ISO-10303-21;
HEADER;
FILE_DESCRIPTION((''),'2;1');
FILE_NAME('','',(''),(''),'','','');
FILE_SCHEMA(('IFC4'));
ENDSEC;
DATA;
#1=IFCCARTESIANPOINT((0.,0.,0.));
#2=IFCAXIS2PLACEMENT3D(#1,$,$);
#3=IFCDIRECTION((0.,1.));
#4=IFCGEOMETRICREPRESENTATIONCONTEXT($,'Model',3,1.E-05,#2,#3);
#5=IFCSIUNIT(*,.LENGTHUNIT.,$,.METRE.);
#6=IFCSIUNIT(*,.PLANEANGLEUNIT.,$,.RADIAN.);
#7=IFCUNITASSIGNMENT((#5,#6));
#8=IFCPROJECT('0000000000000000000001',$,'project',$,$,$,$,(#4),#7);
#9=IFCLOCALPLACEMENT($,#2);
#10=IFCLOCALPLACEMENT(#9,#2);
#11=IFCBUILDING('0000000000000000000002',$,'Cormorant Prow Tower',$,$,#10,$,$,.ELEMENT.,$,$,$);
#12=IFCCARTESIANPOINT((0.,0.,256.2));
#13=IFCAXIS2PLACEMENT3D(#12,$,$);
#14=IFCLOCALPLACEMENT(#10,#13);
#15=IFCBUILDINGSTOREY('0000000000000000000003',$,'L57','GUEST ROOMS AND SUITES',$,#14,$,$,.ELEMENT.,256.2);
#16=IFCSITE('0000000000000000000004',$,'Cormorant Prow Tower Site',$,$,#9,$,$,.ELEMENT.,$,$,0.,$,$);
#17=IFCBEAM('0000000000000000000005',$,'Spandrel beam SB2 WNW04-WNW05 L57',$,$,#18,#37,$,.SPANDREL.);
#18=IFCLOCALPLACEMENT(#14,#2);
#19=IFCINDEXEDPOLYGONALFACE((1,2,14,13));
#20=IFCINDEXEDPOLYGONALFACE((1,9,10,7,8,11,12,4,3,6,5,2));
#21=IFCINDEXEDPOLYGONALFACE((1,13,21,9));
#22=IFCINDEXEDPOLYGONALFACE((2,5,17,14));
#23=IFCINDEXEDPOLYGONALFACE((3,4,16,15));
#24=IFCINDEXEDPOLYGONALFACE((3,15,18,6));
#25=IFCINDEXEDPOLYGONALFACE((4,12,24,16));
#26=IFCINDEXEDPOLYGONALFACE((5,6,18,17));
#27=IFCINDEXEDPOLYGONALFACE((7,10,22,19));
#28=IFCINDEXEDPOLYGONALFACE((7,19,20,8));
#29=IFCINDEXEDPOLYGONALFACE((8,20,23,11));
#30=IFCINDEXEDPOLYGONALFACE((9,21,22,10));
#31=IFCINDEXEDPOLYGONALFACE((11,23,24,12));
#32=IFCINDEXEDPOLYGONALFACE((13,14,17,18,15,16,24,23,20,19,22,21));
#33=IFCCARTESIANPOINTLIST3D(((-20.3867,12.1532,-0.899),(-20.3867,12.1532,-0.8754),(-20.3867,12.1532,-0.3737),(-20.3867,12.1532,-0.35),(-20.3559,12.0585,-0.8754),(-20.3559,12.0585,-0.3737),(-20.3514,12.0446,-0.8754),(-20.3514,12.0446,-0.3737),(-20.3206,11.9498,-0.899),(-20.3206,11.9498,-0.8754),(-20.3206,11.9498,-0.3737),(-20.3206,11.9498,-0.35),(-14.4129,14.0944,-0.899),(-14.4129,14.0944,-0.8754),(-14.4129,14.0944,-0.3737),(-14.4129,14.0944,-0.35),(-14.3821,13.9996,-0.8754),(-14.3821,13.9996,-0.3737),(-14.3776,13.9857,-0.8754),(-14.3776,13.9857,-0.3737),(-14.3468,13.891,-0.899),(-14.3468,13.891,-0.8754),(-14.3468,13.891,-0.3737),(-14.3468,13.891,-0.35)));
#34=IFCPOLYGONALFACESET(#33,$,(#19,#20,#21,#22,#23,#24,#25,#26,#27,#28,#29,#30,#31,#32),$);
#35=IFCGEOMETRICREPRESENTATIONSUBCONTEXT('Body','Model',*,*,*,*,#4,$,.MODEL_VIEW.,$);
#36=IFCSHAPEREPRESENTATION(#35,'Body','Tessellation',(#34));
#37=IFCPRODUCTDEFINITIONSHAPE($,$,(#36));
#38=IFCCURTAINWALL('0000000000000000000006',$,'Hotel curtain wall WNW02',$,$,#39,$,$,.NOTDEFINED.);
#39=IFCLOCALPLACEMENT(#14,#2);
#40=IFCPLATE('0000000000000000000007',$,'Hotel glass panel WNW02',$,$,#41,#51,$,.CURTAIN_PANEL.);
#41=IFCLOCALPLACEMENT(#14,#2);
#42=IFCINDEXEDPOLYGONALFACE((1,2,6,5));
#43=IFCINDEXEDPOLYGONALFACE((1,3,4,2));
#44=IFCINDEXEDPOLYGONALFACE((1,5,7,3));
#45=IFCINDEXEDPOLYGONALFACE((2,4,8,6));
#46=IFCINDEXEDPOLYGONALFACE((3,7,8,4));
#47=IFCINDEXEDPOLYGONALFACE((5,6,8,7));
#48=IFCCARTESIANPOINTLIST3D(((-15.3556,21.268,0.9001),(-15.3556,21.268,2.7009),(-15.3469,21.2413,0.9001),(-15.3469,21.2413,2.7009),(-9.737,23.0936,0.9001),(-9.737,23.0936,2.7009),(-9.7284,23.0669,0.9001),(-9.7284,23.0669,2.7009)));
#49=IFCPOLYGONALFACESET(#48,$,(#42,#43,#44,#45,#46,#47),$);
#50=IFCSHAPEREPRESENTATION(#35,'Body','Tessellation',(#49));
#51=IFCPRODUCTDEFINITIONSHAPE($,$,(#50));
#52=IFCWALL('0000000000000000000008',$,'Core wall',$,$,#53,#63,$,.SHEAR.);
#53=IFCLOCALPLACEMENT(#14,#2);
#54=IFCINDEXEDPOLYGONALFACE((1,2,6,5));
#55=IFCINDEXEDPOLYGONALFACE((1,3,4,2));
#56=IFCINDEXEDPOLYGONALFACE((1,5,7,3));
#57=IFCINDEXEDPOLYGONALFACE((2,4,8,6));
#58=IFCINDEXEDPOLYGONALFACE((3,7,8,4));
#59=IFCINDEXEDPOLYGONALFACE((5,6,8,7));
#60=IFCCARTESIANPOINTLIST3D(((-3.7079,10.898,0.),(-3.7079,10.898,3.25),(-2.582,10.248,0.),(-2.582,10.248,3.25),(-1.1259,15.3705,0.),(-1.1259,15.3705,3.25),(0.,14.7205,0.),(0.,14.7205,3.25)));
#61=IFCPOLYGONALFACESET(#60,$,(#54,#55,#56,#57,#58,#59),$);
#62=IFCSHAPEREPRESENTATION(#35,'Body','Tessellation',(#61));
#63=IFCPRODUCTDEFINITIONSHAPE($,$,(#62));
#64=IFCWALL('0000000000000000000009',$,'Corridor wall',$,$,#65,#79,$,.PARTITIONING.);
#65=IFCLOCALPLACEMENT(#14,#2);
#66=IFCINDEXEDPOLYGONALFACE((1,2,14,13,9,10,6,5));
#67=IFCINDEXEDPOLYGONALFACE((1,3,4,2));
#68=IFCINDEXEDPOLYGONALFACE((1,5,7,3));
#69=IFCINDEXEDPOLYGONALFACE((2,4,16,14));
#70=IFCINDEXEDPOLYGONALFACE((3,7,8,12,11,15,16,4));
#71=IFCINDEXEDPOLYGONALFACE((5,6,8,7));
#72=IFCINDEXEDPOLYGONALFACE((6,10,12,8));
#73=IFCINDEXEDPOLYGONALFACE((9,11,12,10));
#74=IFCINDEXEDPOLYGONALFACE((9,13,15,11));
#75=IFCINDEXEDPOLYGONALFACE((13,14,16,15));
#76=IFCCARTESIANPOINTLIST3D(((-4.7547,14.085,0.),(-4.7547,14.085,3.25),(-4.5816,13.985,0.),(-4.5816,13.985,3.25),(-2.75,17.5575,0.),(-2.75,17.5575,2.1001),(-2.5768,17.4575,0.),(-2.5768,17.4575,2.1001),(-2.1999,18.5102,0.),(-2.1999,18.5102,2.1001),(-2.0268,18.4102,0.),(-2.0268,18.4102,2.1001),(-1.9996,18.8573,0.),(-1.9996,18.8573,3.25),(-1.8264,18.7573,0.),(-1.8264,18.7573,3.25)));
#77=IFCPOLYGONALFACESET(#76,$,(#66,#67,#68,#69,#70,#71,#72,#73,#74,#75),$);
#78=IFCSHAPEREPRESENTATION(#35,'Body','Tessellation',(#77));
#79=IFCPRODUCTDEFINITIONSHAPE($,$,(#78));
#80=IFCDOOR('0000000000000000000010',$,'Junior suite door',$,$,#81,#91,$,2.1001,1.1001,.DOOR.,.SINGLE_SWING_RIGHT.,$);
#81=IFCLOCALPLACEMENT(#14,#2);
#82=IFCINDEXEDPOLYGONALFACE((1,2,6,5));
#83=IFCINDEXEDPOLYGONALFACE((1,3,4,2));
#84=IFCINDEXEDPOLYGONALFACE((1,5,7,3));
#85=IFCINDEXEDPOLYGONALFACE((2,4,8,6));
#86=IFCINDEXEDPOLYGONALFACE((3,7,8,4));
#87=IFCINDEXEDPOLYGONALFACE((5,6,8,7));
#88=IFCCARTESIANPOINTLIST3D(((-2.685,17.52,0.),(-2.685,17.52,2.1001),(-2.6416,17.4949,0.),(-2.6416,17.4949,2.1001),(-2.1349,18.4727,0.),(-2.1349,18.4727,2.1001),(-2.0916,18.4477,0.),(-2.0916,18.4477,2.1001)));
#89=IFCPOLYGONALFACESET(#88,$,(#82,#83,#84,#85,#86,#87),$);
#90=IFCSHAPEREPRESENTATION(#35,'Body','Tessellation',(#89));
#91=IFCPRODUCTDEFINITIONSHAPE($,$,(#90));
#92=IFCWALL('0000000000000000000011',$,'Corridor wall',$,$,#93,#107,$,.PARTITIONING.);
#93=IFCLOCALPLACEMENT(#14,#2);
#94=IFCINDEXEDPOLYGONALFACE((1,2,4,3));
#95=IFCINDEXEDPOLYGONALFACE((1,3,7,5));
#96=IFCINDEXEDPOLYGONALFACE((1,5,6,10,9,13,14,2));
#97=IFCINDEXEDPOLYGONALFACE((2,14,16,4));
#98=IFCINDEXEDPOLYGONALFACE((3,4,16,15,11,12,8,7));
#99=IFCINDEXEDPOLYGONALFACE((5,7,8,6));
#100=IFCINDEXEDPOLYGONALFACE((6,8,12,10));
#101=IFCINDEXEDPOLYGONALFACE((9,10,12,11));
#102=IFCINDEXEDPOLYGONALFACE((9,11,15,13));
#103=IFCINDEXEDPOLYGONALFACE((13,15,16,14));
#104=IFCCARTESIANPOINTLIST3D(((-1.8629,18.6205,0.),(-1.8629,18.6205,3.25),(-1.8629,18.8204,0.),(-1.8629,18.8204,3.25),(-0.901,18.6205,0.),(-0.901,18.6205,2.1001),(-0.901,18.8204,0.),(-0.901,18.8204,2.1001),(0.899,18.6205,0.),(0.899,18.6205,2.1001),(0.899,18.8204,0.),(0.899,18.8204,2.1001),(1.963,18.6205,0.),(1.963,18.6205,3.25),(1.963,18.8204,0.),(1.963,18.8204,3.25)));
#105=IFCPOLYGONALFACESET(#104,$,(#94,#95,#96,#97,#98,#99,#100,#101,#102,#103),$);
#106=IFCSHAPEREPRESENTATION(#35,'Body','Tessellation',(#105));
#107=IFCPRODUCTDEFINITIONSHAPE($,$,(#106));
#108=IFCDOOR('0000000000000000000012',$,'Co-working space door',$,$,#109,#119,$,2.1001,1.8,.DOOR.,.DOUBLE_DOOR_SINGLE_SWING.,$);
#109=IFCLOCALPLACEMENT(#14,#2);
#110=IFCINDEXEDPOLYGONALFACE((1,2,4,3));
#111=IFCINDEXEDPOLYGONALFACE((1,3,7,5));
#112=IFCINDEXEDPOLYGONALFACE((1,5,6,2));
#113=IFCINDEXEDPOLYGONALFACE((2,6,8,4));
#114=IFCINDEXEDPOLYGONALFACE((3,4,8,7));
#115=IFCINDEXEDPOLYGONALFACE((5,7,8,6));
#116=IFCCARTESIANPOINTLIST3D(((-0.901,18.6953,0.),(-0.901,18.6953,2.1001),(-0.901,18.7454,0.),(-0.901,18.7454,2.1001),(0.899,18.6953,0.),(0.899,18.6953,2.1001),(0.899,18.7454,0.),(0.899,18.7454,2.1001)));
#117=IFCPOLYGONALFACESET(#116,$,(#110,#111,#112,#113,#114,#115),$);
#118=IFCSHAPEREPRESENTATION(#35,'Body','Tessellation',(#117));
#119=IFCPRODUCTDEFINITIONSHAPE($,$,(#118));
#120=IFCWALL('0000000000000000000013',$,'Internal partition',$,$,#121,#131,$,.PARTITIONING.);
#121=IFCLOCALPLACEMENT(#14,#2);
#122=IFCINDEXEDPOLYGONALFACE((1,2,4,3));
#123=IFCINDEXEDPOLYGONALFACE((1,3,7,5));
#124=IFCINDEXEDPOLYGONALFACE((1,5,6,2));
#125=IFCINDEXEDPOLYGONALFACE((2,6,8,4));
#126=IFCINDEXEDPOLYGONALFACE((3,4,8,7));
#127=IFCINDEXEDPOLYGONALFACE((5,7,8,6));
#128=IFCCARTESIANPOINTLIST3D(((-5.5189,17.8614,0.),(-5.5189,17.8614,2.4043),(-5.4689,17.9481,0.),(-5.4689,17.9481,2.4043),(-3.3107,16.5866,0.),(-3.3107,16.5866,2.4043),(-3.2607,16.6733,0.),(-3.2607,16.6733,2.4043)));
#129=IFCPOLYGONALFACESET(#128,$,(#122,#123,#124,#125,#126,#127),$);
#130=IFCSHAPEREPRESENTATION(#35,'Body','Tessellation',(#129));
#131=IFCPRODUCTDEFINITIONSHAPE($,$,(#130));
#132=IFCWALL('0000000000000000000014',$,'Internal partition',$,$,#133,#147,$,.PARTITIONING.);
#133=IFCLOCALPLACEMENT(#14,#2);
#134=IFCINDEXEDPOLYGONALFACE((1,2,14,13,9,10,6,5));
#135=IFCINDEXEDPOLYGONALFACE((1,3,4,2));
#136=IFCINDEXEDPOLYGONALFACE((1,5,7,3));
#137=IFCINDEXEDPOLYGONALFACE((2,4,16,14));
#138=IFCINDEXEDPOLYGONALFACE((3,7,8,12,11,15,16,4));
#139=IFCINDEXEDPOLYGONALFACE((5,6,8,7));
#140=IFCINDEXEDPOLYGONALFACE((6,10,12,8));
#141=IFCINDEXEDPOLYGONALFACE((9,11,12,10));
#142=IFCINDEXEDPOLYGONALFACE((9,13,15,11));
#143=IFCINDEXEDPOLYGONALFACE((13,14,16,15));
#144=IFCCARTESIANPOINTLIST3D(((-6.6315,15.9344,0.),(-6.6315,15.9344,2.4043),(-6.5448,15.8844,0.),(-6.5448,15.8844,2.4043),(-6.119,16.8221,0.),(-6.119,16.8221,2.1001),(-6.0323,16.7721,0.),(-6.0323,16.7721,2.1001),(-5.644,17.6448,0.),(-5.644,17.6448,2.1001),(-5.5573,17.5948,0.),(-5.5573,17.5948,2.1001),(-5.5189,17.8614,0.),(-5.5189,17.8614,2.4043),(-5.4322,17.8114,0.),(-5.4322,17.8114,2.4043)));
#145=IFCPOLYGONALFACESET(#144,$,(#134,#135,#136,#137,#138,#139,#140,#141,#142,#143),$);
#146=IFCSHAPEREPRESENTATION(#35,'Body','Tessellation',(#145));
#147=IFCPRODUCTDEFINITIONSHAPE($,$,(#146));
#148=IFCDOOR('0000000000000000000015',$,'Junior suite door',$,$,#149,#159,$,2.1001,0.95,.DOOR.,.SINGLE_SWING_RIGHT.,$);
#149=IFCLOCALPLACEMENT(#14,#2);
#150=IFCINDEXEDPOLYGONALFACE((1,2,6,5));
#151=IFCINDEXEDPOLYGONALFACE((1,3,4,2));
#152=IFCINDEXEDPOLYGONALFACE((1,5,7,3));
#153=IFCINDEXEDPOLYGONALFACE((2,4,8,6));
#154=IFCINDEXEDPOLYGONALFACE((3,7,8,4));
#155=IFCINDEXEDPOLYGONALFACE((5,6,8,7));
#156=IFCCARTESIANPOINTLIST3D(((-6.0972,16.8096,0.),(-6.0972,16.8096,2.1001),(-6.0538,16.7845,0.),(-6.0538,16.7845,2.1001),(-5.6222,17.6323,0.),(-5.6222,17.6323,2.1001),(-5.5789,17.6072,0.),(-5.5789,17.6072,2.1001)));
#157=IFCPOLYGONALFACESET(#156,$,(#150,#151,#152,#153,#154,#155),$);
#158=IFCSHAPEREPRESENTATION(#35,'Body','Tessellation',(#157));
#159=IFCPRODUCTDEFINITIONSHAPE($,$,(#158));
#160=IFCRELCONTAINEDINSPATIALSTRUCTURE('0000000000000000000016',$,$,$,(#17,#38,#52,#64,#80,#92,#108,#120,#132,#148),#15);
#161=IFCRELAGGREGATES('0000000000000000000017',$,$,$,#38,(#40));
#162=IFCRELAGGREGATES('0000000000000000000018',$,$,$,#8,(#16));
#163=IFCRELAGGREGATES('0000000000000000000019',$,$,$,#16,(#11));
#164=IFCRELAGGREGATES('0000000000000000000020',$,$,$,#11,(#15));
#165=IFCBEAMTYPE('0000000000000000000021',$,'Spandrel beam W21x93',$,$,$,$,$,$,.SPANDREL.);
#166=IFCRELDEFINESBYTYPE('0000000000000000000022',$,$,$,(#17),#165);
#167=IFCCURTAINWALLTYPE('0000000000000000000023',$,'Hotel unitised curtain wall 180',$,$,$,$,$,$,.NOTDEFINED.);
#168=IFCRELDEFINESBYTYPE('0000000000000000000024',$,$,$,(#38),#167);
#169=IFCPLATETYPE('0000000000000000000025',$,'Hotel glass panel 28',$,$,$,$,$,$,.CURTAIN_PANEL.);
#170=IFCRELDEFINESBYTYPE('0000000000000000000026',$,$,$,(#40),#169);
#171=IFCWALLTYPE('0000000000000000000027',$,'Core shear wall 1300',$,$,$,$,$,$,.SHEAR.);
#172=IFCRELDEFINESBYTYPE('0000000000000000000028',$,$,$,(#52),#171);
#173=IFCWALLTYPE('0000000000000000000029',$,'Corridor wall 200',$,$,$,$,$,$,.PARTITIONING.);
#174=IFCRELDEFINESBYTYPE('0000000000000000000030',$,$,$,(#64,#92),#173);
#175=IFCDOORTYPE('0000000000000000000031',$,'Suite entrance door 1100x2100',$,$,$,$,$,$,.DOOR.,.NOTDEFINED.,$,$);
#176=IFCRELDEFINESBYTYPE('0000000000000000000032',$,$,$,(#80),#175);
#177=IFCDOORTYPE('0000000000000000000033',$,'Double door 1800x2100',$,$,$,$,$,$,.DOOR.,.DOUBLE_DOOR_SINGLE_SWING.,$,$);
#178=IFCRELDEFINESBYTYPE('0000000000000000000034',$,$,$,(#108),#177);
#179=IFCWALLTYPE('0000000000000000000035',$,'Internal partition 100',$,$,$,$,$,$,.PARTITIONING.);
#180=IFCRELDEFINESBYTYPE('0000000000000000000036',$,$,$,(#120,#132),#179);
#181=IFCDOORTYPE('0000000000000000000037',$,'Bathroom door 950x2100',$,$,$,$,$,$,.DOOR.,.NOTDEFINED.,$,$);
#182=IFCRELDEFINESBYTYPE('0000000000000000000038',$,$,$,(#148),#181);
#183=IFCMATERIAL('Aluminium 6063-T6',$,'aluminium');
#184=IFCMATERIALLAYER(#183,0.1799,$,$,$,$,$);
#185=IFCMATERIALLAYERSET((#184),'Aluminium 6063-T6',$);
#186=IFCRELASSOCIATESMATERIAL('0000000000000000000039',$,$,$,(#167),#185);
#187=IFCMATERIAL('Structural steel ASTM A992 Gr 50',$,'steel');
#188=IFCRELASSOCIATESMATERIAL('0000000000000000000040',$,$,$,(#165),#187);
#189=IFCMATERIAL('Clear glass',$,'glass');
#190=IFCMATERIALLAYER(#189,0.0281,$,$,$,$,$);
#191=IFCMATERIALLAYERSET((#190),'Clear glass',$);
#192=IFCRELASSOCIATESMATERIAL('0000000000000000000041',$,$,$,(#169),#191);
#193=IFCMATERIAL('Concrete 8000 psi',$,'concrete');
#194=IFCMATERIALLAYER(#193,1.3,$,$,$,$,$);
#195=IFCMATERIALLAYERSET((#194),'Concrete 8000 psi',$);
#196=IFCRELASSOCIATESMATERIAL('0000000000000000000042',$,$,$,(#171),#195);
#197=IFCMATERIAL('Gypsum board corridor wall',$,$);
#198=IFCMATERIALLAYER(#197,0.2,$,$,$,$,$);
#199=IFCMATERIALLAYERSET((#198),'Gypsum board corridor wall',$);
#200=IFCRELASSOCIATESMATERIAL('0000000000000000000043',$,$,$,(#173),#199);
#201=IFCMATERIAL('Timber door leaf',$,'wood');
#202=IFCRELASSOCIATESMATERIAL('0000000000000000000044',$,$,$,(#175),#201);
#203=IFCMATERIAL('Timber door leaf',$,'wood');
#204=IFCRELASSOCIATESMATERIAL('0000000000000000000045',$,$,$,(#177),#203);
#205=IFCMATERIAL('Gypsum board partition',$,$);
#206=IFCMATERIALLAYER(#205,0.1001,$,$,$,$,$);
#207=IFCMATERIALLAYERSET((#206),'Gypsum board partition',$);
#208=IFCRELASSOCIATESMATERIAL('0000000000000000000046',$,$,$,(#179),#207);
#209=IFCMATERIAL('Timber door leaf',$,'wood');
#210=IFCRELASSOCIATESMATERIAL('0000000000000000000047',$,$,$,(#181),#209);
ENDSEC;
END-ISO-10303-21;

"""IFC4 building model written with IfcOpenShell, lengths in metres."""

from ifc_helpers import new_model, si_unit, direction, frame, frame_2d, origin, origin_2d, place, context, subcontext, project, spatial, rectangle, i_section, extrude, material, layer, layer_set, material_profile, profile_set, type_object, element, fill, aggregate, save


model = new_model("IFC4")

# Units and contexts
model_context = context("Model", 3, precision=1e-05, world=origin(), true_north=direction((0.0, 1.0)))
body_context = subcontext(model_context, "Body", "Model", "MODEL_VIEW")
ifc_project = project(units=[si_unit("LENGTHUNIT", "METRE"), si_unit("PLANEANGLEUNIT", "RADIAN")], contexts=[model_context])

# Site, building, storey
site_placement = place(None, origin())
site = spatial("IfcSite", under=ifc_project, at=site_placement, Name="Cormorant Prow Tower Site", CompositionType="ELEMENT", RefElevation=0.0)
building_placement = place(site_placement, origin())
building = spatial("IfcBuilding", under=site, at=building_placement, Name="Cormorant Prow Tower", CompositionType="ELEMENT")
storey_placement = place(building_placement, frame((0.0, 0.0, 256.2)))
storey = spatial("IfcBuildingStorey", under=building, at=storey_placement, Name="L57", Description="GUEST ROOMS AND SUITES", CompositionType="ELEMENT", Elevation=256.2)

# Shared definitions
ifc_material_1 = material(Name="Aluminium 6063-T6", Category="aluminium")
ifc_layer_1 = layer(ifc_material_1, 0.1799)
ifc_layer_set_1 = layer_set([ifc_layer_1], Name="Aluminium 6063-T6")
curtain_wall_type = type_object("IfcCurtainWallType", Name="Hotel unitised curtain wall 180", PredefinedType="NOTDEFINED", material=ifc_layer_set_1)

# Beam
ifc_material_2 = material(Name="Structural steel ASTM A992 Gr 50", Category="steel")
ifc_material_profile_1 = material_profile(ifc_material_2, i_section(OverallWidth=0.2139, OverallDepth=0.5491, WebThickness=0.0146, FlangeThickness=0.0237, at=origin_2d()), Name="W21x93")
ifc_profile_set_1 = profile_set([ifc_material_profile_1], Name="Structural steel ASTM A992 Gr 50")
beam_type_1 = type_object("IfcBeamType", Name="Spandrel beam W21x93", PredefinedType="SPANDREL", material=ifc_profile_set_1)
beam_1_placement = place(storey_placement, frame((-14.3799, 13.9927, -0.6245), z_axis=(-0.95105, -0.309036, 0.0), x_axis=(0.309036, -0.95105, 0.0)))
element("IfcBeam", 1, at=beam_1_placement, inside=storey, type_object=beam_type_1, Name="Spandrel beam SB2 WNW04-WNW05 L57", PredefinedType="SPANDREL", context=body_context, shape_type="SweptSolid", body=[
    extrude(i_section(OverallWidth=0.2139, OverallDepth=0.5491, WebThickness=0.0146, FlangeThickness=0.0237, at=origin_2d()), origin(), (0.0, 0.0, 1.0), 6.2812),
])

# Curtain wall, plate
curtain_wall_1_placement = place(storey_placement, origin())
curtain_wall_1 = element("IfcCurtainWall", 2, at=curtain_wall_1_placement, inside=storey, type_object=curtain_wall_type, Name="Hotel curtain wall WNW02", PredefinedType="NOTDEFINED")
ifc_material_3 = material(Name="Clear glass", Category="glass")
ifc_layer_2 = layer(ifc_material_3, 0.0281)
ifc_layer_set_2 = layer_set([ifc_layer_2], Name="Clear glass")
plate_type = type_object("IfcPlateType", Name="Hotel glass panel 28", PredefinedType="CURTAIN_PANEL", material=ifc_layer_set_2)
plate_placement = place(storey_placement, frame((-12.542, 22.1675, 0.9001), z_axis=(0.0, 0.0, 1.0), x_axis=(-0.951057, -0.309017, 0.0)))
plate = element("IfcPlate", 3, at=plate_placement, type_object=plate_type, Name="Hotel glass panel WNW02", PredefinedType="CURTAIN_PANEL", context=body_context, shape_type="SweptSolid", body=[
    extrude(rectangle(XDim=5.9077, YDim=0.0281, at=origin_2d()), origin(), (0.0, 0.0, 1.0), 1.8008),
])
aggregate(curtain_wall_1, [plate])

# Wall
ifc_material_4 = material(Name="Concrete 8000 psi", Category="concrete")
ifc_layer_3 = layer(ifc_material_4, 1.3)
ifc_layer_set_3 = layer_set([ifc_layer_3], Name="Concrete 8000 psi")
wall_type_1 = type_object("IfcWallType", Name="Core shear wall 1300", PredefinedType="SHEAR", material=ifc_layer_set_3)
wall_1_placement = place(storey_placement, frame((-0.563, 15.0454, 0.0), z_axis=(0.0, 0.0, 1.0), x_axis=(-0.499983, -0.866035, 0.0)))
element("IfcWall", 4, at=wall_1_placement, inside=storey, type_object=wall_type_1, Name="Core wall", PredefinedType="SHEAR", context=body_context, shape_type="SweptSolid", body=[
    extrude(rectangle(XDim=5.1643, YDim=1.3, at=frame_2d((2.582, 0.0))), origin(), (0.0, 0.0, 1.0), 3.25),
])

# Walls, openings, doors
ifc_material_5 = material(Name="Gypsum board corridor wall")
ifc_layer_4 = layer(ifc_material_5, 0.2)
ifc_layer_set_4 = layer_set([ifc_layer_4], Name="Gypsum board corridor wall")
wall_type_2 = type_object("IfcWallType", Name="Corridor wall 200", PredefinedType="PARTITIONING", material=ifc_layer_set_4)
wall_2_placement = place(storey_placement, frame((-4.6682, 14.0349, 0.0), z_axis=(0.0, 0.0, 1.0), x_axis=(0.499985, 0.866034, 0.0)))
wall_2 = element("IfcWall", 5, at=wall_2_placement, inside=storey, type_object=wall_type_2, Name="Corridor wall", PredefinedType="PARTITIONING", context=body_context, shape_type="SweptSolid", body=[
    extrude(rectangle(XDim=5.5105, YDim=0.2, at=frame_2d((2.7554, 0.0))), origin(), (0.0, 0.0, 1.0), 3.25),
])
opening_1_placement = place(wall_2_placement, frame((4.0098, 0.0, 0.0)))
opening_1 = element("IfcOpeningElement", 6, at=opening_1_placement, cuts=wall_2, PredefinedType="OPENING", context=body_context, shape_type="SweptSolid", body=[
    extrude(rectangle(XDim=1.1001, YDim=2.1001, at=frame_2d((0.55, 1.05))), frame((0.0, 0.1099, 0.0), z_axis=(0.0, -1.0, 0.0), x_axis=(1.0, 0.0, 0.0)), (0.0, 0.0, 1.0), 0.22),
])
ifc_material_6 = material(Name="Timber door leaf", Category="wood")
door_type_1 = type_object("IfcDoorType", Name="Suite entrance door 1100x2100", OperationType="NOTDEFINED", PredefinedType="DOOR", material=ifc_material_6)
door_1_placement = place(opening_1_placement, origin())
door_1 = element("IfcDoor", 7, at=door_1_placement, inside=storey, type_object=door_type_1, Name="Junior suite door", OperationType="SINGLE_SWING_RIGHT", OverallHeight=2.1001, OverallWidth=1.1001, PredefinedType="DOOR", context=body_context, shape_type="SweptSolid", body=[
    extrude(rectangle(XDim=1.1001, YDim=2.1001, at=frame_2d((0.55, 1.05))), frame((0.0, 0.0249, 0.0), z_axis=(0.0, -1.0, 0.0), x_axis=(1.0, 0.0, 0.0)), (0.0, 0.0, 1.0), 0.05),
])
fill(opening_1, door_1)
wall_3_placement = place(storey_placement, frame((-1.863, 18.7205, 0.0), z_axis=(0.0, 0.0, 1.0), x_axis=(1.0, 0.0, 0.0)))
wall_3 = element("IfcWall", 8, at=wall_3_placement, inside=storey, type_object=wall_type_2, Name="Corridor wall", PredefinedType="PARTITIONING", context=body_context, shape_type="SweptSolid", body=[
    extrude(rectangle(XDim=3.8259, YDim=0.2, at=frame_2d((1.9131, 0.0))), origin(), (0.0, 0.0, 1.0), 3.25),
])
opening_2_placement = place(wall_3_placement, frame((0.9622, 0.0, 0.0)))
opening_2 = element("IfcOpeningElement", 9, at=opening_2_placement, cuts=wall_3, PredefinedType="OPENING", context=body_context, shape_type="SweptSolid", body=[
    extrude(rectangle(XDim=1.8, YDim=2.1001, at=frame_2d((0.8999, 1.05))), frame((0.0, 0.1099, 0.0), z_axis=(0.0, -1.0, 0.0), x_axis=(1.0, 0.0, 0.0)), (0.0, 0.0, 1.0), 0.22),
])
ifc_material_7 = material(Name="Timber door leaf", Category="wood")
door_type_2 = type_object("IfcDoorType", Name="Double door 1800x2100", OperationType="DOUBLE_DOOR_SINGLE_SWING", PredefinedType="DOOR", material=ifc_material_7)
door_2_placement = place(opening_2_placement, origin())
door_2 = element("IfcDoor", 10, at=door_2_placement, inside=storey, type_object=door_type_2, Name="Co-working space door", OperationType="DOUBLE_DOOR_SINGLE_SWING", OverallHeight=2.1001, OverallWidth=1.8, PredefinedType="DOOR", context=body_context, shape_type="SweptSolid", body=[
    extrude(rectangle(XDim=1.8, YDim=2.1001, at=frame_2d((0.8999, 1.05))), frame((0.0, 0.0249, 0.0), z_axis=(0.0, -1.0, 0.0), x_axis=(1.0, 0.0, 0.0)), (0.0, 0.0, 1.0), 0.05),
])
fill(opening_2, door_2)

# Wall
ifc_material_8 = material(Name="Gypsum board partition")
ifc_layer_5 = layer(ifc_material_8, 0.1001)
ifc_layer_set_5 = layer_set([ifc_layer_5], Name="Gypsum board partition")
wall_type_3 = type_object("IfcWallType", Name="Internal partition 100", PredefinedType="PARTITIONING", material=ifc_layer_set_5)
wall_4_placement = place(storey_placement, frame((-5.4939, 17.9048, 0.0), z_axis=(0.0, 0.0, 1.0), x_axis=(0.866031, -0.49999, 0.0)))
element("IfcWall", 11, at=wall_4_placement, inside=storey, type_object=wall_type_3, Name="Internal partition", PredefinedType="PARTITIONING", context=body_context, shape_type="SweptSolid", body=[
    extrude(rectangle(XDim=2.5498, YDim=0.1001, at=frame_2d((1.2749, 0.0))), origin(), (0.0, 0.0, 1.0), 2.4043),
])

# Wall, opening, door
wall_5_placement = place(storey_placement, frame((-6.5881, 15.9094, 0.0), z_axis=(0.0, 0.0, 1.0), x_axis=(0.499998, 0.866027, 0.0)))
wall_5 = element("IfcWall", 12, at=wall_5_placement, inside=storey, type_object=wall_type_3, Name="Internal partition", PredefinedType="PARTITIONING", context=body_context, shape_type="SweptSolid", body=[
    extrude(rectangle(XDim=2.2251, YDim=0.1001, at=frame_2d((1.1125, 0.0))), origin(), (0.0, 0.0, 1.0), 2.4043),
])
opening_3_placement = place(wall_5_placement, frame((1.0249, 0.0, 0.0)))
opening_3 = element("IfcOpeningElement", 13, at=opening_3_placement, cuts=wall_5, PredefinedType="OPENING", context=body_context, shape_type="SweptSolid", body=[
    extrude(rectangle(XDim=0.95, YDim=2.1001, at=frame_2d((0.4751, 1.05))), frame((0.0, 0.0601, 0.0), z_axis=(0.0, -1.0, 0.0), x_axis=(1.0, 0.0, 0.0)), (0.0, 0.0, 1.0), 0.1201),
])
ifc_material_9 = material(Name="Timber door leaf", Category="wood")
door_type_3 = type_object("IfcDoorType", Name="Bathroom door 950x2100", OperationType="NOTDEFINED", PredefinedType="DOOR", material=ifc_material_9)
door_3_placement = place(opening_3_placement, origin())
door_3 = element("IfcDoor", 14, at=door_3_placement, inside=storey, type_object=door_type_3, Name="Junior suite door", OperationType="SINGLE_SWING_RIGHT", OverallHeight=2.1001, OverallWidth=0.95, PredefinedType="DOOR", context=body_context, shape_type="SweptSolid", body=[
    extrude(rectangle(XDim=0.95, YDim=2.1001, at=frame_2d((0.4751, 1.05))), frame((0.0, 0.0249, 0.0), z_axis=(0.0, -1.0, 0.0), x_axis=(1.0, 0.0, 0.0)), (0.0, 0.0, 1.0), 0.05),
])
fill(opening_3, door_3)

save(model, "model.ifc")
